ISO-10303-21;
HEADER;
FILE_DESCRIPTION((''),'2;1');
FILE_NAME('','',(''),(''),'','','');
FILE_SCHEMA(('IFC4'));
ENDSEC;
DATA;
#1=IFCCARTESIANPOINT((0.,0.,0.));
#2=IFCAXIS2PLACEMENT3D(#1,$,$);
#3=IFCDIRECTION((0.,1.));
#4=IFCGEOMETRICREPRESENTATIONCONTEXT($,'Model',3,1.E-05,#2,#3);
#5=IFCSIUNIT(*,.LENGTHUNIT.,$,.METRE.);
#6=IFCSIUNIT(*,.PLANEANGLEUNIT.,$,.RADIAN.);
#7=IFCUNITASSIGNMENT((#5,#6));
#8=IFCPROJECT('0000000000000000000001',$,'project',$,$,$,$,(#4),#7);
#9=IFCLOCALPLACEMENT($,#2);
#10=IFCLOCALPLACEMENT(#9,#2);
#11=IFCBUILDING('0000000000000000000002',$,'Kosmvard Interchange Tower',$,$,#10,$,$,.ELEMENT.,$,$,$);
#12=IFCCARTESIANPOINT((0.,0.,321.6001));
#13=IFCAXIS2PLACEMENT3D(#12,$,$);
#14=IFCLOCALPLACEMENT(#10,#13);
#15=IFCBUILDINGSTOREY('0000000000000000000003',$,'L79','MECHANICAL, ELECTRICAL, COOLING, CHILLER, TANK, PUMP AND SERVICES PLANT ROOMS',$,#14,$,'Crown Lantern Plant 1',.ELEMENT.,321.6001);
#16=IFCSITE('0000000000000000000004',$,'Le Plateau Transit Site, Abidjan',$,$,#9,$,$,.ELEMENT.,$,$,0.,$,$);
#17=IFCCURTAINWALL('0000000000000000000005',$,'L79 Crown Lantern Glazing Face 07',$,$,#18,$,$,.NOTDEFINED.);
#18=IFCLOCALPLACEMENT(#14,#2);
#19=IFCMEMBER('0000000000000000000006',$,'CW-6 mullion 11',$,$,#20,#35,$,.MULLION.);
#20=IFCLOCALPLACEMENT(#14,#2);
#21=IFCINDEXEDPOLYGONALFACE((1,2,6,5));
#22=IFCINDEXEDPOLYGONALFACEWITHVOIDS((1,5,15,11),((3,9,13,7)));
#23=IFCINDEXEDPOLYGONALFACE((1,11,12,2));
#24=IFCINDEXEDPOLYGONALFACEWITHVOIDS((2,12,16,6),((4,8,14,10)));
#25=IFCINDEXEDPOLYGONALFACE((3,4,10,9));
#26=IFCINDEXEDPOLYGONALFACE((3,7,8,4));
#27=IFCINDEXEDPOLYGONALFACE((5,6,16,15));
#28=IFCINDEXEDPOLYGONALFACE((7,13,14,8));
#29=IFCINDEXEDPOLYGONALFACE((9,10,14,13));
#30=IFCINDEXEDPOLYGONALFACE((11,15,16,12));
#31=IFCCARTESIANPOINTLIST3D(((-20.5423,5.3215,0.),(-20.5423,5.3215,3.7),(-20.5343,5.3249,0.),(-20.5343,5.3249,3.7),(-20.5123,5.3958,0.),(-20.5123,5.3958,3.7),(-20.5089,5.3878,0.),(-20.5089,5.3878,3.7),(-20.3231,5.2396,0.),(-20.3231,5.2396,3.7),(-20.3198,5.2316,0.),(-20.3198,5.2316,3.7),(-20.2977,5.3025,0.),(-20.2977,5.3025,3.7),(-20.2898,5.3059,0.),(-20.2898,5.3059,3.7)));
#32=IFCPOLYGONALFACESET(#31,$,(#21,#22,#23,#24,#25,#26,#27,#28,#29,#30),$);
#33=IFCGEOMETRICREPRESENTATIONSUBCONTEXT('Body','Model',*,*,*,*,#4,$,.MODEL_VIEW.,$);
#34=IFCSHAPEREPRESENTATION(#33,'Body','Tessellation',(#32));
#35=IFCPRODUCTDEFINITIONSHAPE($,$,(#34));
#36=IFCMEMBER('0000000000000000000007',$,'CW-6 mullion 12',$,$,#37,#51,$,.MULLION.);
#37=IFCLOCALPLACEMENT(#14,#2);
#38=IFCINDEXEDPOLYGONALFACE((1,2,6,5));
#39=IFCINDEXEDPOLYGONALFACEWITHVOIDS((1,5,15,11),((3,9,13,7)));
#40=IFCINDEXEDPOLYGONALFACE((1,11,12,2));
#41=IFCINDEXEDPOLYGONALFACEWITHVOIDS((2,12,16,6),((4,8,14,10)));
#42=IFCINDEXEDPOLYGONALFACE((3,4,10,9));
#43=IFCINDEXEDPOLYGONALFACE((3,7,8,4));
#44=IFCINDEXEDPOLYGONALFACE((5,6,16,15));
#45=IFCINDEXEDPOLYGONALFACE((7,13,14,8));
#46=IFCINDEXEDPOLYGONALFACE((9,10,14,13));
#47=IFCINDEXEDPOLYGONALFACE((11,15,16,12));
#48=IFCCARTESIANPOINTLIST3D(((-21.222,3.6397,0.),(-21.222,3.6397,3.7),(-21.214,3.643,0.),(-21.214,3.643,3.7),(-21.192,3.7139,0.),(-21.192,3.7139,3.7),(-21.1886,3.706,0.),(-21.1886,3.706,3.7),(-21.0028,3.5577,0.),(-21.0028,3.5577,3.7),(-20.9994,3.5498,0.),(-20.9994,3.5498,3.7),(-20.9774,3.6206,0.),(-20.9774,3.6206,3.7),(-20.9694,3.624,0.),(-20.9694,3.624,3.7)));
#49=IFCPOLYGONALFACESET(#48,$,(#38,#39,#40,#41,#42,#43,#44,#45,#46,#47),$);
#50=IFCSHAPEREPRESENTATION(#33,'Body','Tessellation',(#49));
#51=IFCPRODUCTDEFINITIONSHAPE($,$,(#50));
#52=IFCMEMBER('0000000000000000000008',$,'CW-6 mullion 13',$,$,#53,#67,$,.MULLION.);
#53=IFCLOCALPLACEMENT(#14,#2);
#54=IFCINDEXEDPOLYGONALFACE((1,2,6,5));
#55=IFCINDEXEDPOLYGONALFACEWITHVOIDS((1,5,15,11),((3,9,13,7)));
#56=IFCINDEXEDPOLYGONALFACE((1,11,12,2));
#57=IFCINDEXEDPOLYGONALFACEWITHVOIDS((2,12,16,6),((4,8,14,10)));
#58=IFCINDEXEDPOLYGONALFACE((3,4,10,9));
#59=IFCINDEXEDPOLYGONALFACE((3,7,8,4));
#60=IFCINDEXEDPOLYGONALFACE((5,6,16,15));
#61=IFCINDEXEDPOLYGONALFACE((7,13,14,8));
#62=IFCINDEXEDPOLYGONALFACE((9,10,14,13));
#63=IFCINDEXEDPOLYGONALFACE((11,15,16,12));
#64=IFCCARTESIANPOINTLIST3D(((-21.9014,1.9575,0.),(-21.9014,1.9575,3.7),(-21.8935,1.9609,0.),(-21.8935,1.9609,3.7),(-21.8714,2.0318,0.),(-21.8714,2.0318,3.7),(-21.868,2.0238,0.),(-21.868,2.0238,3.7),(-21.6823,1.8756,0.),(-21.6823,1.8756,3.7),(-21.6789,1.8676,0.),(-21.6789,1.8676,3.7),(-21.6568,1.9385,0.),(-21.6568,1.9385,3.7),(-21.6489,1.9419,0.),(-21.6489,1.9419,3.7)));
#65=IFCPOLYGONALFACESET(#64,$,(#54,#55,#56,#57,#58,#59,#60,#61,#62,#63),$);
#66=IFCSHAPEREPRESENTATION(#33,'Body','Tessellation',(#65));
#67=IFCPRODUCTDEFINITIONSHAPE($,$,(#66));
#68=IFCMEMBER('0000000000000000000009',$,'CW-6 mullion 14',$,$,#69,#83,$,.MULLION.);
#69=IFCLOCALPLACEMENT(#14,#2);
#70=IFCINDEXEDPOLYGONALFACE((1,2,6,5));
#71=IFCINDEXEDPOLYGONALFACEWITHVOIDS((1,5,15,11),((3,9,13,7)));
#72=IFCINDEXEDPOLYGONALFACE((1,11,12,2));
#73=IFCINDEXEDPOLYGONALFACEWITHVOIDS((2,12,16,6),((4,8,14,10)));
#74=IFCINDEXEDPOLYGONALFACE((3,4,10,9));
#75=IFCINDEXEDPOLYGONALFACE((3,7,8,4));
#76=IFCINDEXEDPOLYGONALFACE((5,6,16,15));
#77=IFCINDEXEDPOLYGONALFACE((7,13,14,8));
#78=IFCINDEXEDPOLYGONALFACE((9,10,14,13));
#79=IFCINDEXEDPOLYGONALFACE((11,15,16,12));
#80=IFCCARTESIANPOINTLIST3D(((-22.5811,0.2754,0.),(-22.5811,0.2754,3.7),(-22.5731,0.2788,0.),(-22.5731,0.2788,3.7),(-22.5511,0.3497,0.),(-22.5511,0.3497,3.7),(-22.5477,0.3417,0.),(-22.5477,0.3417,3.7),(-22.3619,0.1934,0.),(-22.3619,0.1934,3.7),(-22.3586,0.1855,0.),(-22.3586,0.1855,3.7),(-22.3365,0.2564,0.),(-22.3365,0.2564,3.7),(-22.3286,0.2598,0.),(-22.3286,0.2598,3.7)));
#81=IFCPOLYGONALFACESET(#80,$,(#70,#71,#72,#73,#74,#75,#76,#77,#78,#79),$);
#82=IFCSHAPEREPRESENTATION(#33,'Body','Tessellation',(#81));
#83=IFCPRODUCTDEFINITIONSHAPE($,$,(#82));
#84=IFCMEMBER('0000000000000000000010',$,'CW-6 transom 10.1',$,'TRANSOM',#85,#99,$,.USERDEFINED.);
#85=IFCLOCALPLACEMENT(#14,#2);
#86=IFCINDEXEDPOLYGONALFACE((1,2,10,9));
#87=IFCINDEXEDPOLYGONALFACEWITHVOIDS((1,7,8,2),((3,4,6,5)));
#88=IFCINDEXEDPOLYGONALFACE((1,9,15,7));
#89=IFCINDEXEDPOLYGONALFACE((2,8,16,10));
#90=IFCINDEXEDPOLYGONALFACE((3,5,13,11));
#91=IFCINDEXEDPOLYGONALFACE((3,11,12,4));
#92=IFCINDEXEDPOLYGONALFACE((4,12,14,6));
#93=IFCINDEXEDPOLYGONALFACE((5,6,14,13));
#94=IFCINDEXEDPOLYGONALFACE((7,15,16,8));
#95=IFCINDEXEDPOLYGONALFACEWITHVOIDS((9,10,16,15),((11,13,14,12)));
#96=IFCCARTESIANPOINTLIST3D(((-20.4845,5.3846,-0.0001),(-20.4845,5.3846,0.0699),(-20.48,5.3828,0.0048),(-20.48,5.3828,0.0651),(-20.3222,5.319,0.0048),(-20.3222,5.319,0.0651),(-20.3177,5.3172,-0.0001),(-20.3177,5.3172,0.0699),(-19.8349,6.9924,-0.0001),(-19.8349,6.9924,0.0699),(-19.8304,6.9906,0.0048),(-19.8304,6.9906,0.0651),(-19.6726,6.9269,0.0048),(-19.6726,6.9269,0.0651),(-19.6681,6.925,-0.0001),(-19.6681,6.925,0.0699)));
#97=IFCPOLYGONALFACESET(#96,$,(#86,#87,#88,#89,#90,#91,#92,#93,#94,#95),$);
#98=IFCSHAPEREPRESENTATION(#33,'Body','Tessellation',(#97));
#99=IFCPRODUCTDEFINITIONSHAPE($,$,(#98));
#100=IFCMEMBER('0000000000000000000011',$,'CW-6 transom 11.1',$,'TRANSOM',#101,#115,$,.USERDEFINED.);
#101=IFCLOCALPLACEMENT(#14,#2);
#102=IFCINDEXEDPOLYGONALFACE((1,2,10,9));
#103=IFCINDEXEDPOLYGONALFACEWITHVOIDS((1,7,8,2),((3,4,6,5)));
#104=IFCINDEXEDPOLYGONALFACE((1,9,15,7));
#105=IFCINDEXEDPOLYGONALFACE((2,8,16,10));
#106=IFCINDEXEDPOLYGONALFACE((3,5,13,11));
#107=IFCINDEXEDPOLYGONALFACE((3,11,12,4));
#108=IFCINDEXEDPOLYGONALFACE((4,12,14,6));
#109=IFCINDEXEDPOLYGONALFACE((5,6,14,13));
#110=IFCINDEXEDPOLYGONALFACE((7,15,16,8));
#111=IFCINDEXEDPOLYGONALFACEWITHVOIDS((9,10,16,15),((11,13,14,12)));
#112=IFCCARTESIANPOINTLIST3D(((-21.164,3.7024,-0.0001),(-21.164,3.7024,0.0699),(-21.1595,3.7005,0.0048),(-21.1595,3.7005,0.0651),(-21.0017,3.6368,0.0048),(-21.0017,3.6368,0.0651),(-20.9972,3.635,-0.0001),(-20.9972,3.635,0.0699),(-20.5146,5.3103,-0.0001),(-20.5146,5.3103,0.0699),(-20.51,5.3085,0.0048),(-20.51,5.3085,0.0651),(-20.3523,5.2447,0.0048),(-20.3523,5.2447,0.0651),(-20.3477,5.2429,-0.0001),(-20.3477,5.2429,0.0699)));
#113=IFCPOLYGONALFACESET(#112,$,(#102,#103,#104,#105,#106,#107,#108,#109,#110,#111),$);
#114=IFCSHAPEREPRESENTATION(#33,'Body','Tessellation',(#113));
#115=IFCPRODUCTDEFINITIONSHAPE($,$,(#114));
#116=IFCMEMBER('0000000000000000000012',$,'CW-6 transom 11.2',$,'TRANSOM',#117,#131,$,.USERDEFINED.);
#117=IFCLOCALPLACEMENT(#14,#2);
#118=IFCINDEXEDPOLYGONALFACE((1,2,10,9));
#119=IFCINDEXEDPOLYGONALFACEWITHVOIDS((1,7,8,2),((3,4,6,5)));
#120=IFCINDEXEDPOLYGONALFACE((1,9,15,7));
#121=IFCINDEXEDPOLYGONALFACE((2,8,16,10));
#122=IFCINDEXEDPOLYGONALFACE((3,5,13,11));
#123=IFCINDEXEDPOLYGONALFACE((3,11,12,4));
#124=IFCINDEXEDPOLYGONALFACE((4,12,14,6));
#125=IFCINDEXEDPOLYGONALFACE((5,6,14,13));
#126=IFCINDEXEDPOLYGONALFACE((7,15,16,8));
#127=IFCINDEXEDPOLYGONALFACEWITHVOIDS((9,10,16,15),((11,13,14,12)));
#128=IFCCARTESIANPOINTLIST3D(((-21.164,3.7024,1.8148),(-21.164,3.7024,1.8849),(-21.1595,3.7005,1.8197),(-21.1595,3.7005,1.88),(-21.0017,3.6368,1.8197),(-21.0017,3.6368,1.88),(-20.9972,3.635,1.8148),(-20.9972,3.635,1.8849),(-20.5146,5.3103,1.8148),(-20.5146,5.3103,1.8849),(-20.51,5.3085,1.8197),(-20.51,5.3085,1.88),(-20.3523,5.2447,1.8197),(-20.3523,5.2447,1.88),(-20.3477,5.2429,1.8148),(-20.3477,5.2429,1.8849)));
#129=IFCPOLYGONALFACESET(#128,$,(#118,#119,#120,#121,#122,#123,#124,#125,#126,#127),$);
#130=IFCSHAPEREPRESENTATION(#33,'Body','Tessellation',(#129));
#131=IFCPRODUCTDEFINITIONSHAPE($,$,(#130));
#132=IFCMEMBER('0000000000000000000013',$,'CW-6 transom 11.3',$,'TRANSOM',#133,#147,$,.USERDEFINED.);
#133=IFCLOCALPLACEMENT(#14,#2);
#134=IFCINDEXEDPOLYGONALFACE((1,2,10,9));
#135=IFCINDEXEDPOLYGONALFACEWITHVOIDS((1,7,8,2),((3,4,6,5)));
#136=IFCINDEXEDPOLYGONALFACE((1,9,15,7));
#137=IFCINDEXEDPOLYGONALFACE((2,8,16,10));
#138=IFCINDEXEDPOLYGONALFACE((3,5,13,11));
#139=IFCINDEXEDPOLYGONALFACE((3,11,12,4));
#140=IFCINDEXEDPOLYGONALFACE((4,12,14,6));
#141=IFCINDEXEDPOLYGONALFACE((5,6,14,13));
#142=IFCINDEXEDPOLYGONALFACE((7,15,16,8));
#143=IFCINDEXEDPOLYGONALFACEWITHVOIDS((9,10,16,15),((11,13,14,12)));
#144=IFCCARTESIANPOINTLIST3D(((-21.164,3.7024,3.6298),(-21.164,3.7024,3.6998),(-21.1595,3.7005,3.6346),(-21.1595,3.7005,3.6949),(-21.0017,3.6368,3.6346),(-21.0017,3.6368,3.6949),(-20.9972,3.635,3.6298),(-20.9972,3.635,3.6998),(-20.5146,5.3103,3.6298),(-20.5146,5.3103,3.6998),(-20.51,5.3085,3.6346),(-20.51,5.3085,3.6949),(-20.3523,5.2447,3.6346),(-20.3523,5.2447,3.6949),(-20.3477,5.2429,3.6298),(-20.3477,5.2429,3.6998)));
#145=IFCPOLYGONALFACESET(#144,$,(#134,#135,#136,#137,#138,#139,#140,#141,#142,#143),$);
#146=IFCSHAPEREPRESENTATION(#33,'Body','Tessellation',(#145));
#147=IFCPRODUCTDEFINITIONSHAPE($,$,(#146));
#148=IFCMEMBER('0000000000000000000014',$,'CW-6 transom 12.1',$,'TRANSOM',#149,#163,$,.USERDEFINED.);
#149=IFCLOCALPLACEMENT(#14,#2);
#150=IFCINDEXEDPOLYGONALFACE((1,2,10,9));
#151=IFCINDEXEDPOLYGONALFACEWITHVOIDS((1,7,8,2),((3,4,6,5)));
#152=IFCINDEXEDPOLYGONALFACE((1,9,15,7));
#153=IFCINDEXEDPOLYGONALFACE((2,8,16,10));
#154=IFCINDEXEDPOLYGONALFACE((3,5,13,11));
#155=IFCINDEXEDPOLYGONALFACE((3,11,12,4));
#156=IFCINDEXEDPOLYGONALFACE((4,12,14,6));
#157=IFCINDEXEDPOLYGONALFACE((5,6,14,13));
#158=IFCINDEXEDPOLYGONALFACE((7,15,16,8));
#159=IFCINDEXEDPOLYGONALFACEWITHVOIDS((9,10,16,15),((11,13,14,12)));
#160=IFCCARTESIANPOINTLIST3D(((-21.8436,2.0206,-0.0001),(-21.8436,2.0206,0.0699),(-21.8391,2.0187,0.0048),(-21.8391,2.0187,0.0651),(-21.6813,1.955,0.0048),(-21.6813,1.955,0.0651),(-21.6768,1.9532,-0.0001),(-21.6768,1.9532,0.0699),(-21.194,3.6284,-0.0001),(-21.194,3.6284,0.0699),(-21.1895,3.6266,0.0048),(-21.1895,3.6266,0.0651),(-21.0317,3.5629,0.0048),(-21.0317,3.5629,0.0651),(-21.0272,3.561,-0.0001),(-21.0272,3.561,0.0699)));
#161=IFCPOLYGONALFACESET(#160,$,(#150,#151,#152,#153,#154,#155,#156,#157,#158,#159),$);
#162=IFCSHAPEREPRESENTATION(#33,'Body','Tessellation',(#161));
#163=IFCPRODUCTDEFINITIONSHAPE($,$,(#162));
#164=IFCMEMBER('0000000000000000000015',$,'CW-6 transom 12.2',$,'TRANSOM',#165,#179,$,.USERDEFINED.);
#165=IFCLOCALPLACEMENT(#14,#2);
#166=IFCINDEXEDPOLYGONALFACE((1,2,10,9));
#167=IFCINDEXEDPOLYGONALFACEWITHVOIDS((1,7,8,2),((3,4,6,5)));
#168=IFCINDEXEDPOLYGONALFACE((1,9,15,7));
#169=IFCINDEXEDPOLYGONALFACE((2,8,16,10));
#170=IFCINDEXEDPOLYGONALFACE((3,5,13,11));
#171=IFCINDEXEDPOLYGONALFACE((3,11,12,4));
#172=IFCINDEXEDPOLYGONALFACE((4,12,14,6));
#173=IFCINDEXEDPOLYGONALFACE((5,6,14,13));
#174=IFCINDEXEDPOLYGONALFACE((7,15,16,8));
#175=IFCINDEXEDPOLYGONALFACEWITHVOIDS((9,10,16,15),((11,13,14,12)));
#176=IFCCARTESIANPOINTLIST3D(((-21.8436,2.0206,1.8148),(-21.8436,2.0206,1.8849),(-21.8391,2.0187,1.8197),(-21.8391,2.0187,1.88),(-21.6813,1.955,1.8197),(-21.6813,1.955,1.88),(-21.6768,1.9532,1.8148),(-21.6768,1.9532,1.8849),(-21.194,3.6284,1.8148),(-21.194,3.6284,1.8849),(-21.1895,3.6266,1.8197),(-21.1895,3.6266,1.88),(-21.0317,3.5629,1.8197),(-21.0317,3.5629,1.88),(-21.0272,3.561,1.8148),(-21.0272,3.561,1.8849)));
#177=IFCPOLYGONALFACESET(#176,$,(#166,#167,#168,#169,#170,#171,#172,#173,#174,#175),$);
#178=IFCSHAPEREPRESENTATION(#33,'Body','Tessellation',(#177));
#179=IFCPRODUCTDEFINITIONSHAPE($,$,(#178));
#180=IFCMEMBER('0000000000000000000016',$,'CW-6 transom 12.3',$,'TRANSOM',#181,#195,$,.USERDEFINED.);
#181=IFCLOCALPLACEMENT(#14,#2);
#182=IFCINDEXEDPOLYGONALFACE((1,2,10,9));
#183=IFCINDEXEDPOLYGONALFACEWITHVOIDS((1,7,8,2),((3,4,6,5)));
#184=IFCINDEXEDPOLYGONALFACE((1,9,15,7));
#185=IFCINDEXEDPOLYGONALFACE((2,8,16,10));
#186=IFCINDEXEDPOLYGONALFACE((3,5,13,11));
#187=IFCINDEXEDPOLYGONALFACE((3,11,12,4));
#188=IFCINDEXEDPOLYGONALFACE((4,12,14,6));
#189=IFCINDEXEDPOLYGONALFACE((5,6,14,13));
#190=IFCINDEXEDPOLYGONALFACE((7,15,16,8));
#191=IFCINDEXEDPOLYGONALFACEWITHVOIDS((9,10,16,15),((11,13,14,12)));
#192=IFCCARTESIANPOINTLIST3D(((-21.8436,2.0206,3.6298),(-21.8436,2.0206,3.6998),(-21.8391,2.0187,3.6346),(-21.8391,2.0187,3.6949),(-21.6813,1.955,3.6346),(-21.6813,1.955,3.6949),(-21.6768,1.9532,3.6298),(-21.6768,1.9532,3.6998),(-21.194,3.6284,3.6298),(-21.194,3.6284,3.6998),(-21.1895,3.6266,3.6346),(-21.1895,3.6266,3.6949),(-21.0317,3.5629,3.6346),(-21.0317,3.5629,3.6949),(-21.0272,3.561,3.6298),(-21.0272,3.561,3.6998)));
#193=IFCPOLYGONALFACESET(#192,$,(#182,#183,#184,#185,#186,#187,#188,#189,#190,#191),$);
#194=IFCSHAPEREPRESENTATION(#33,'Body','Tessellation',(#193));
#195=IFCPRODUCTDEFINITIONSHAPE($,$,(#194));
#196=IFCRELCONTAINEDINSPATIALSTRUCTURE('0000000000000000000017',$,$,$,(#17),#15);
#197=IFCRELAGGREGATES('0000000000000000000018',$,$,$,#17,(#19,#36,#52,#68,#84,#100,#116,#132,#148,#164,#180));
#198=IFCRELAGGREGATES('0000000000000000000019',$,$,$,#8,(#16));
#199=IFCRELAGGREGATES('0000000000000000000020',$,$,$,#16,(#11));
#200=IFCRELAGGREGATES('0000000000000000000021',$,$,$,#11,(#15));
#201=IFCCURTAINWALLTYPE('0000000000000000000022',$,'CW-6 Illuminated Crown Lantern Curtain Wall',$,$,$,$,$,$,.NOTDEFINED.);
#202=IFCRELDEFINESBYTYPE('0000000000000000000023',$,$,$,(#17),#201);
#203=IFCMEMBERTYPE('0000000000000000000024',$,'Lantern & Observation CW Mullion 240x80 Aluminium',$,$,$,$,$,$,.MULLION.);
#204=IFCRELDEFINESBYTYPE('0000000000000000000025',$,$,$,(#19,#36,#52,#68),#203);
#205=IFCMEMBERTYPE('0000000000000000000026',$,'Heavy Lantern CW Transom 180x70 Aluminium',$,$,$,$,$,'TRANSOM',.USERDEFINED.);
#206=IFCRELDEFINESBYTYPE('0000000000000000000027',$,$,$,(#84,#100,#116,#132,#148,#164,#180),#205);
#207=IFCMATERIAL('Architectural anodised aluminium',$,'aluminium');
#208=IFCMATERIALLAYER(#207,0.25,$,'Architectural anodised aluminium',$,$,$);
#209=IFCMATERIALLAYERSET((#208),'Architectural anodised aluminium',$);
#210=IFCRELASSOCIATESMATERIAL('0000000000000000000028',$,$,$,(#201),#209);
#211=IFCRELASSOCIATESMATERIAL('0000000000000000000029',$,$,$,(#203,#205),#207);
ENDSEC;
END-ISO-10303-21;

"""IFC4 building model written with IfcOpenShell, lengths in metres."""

from ifc_helpers import new_model, si_unit, direction, frame, origin, origin_2d, place, context, subcontext, project, spatial, hollow_rectangle, extrude, source, transform, mapped, material, layer, layer_set, material_profile, profile_set, type_object, element, aggregate, save


model = new_model("IFC4")

# Units and contexts
model_context = context("Model", 3, precision=1e-05, world=origin(), true_north=direction((0.0, 1.0)))
body_context = subcontext(model_context, "Body", "Model", "MODEL_VIEW")
ifc_project = project(units=[si_unit("LENGTHUNIT", "METRE"), si_unit("PLANEANGLEUNIT", "RADIAN")], contexts=[model_context])

# Site, building, storey
site_placement = place(None, origin())
site = spatial("IfcSite", under=ifc_project, at=site_placement, Name="Le Plateau Transit Site, Abidjan", CompositionType="ELEMENT", RefElevation=0.0)
building_placement = place(site_placement, origin())
building = spatial("IfcBuilding", under=site, at=building_placement, Name="Kosmvard Interchange Tower", CompositionType="ELEMENT")
storey_placement = place(building_placement, frame((0.0, 0.0, 321.6001)))
storey = spatial("IfcBuildingStorey", under=building, at=storey_placement, Name="L79", Description="MECHANICAL, ELECTRICAL, COOLING, CHILLER, TANK, PUMP AND SERVICES PLANT ROOMS", LongName="Crown Lantern Plant 1", CompositionType="ELEMENT", Elevation=321.6001)

# Curtain wall, members
ifc_material_1 = material(Name="Architectural anodised aluminium", Category="aluminium")
ifc_layer_1 = layer(ifc_material_1, 0.25, Name="Architectural anodised aluminium")
ifc_layer_set_1 = layer_set([ifc_layer_1], Name="Architectural anodised aluminium")
curtain_wall_type = type_object("IfcCurtainWallType", Name="CW-6 Illuminated Crown Lantern Curtain Wall", PredefinedType="NOTDEFINED", material=ifc_layer_set_1)
curtain_wall_placement = place(storey_placement, origin())
curtain_wall = element("IfcCurtainWall", 1, at=curtain_wall_placement, inside=storey, type_object=curtain_wall_type, Name="L79 Crown Lantern Glazing Face 07", PredefinedType="NOTDEFINED")
ifc_material_profile_1 = material_profile(ifc_material_1, hollow_rectangle(XDim=0.24, YDim=0.0801, WallThickness=0.0061, at=origin_2d()), Name="CWM 240x80x6")
ifc_profile_set_1 = profile_set([ifc_material_profile_1], Name="Architectural anodised aluminium")
member_type_1 = type_object("IfcMemberType", Name="Lantern & Observation CW Mullion 240x80 Aluminium", PredefinedType="MULLION", material=ifc_profile_set_1)
shared_shape_1 = source(origin(), body_context, "Body", "SweptSolid", [
    extrude(hollow_rectangle(XDim=0.24, YDim=0.0801, WallThickness=0.0061, at=origin_2d()), origin(), (0.0, 0.0, 1.0), 3.7),
])
member_1_placement = place(storey_placement, frame((-20.416, 5.3137, 0.0), z_axis=(0.0, 0.0, 1.0), x_axis=(0.927184, -0.374607, 0.0)))
member_1 = element("IfcMember", 2, at=member_1_placement, type_object=member_type_1, Name="CW-6 mullion 11", PredefinedType="MULLION", context=body_context, shape_type="MappedRepresentation", body=[
    mapped(shared_shape_1, transform((0.0, 0.0, 0.0), scale=1.0)),
])
member_2_placement = place(storey_placement, frame((-21.0957, 3.6318, 0.0), z_axis=(0.0, 0.0, 1.0), x_axis=(0.927184, -0.374607, 0.0)))
member_2 = element("IfcMember", 3, at=member_2_placement, type_object=member_type_1, Name="CW-6 mullion 12", PredefinedType="MULLION", context=body_context, shape_type="MappedRepresentation", body=[
    mapped(shared_shape_1, transform((0.0, 0.0, 0.0), scale=1.0)),
])
member_3_placement = place(storey_placement, frame((-21.7751, 1.9497, 0.0), z_axis=(0.0, 0.0, 1.0), x_axis=(0.927184, -0.374607, 0.0)))
member_3 = element("IfcMember", 4, at=member_3_placement, type_object=member_type_1, Name="CW-6 mullion 13", PredefinedType="MULLION", context=body_context, shape_type="MappedRepresentation", body=[
    mapped(shared_shape_1, transform((0.0, 0.0, 0.0), scale=1.0)),
])
member_4_placement = place(storey_placement, frame((-22.4548, 0.2676, 0.0), z_axis=(0.0, 0.0, 1.0), x_axis=(0.927184, -0.374607, 0.0)))
member_4 = element("IfcMember", 5, at=member_4_placement, type_object=member_type_1, Name="CW-6 mullion 14", PredefinedType="MULLION", context=body_context, shape_type="MappedRepresentation", body=[
    mapped(shared_shape_1, transform((0.0, 0.0, 0.0), scale=1.0)),
])
ifc_material_profile_2 = material_profile(ifc_material_1, hollow_rectangle(XDim=0.1799, YDim=0.0701, WallThickness=0.0049, at=origin_2d()), Name="CWT 180x70x5")
ifc_profile_set_2 = profile_set([ifc_material_profile_2], Name="Architectural anodised aluminium")
member_type_2 = type_object("IfcMemberType", Name="Heavy Lantern CW Transom 180x70 Aluminium", ElementType="TRANSOM", PredefinedType="USERDEFINED", material=ifc_profile_set_2)
shared_shape_2 = source(origin(), body_context, "Body", "SweptSolid", [
    extrude(hollow_rectangle(XDim=0.1799, YDim=0.0701, WallThickness=0.0049, at=origin_2d()), origin(), (0.0, 0.0, 1.0), 1.7341),
])
member_5_placement = place(storey_placement, frame((-19.7515, 6.9587, 0.0349), z_axis=(-0.374617, -0.92718, 0.0), x_axis=(0.92718, -0.374617, 0.0)))
member_5 = element("IfcMember", 6, at=member_5_placement, type_object=member_type_2, Name="CW-6 transom 10.1", ObjectType="TRANSOM", PredefinedType="USERDEFINED", context=body_context, shape_type="MappedRepresentation", body=[
    mapped(shared_shape_2, transform((0.0, 0.0, 0.0), scale=1.0)),
])
member_6_placement = place(storey_placement, frame((-20.4312, 5.2766, 0.0349), z_axis=(-0.374496, -0.927229, 0.0), x_axis=(0.927229, -0.374496, 0.0)))
member_6 = element("IfcMember", 7, at=member_6_placement, type_object=member_type_2, Name="CW-6 transom 11.1", ObjectType="TRANSOM", PredefinedType="USERDEFINED", context=body_context, shape_type="MappedRepresentation", body=[
    mapped(shared_shape_2, transform((0.0, 0.0, 0.0), scale=1.0)),
])
member_7_placement = place(storey_placement, frame((-20.4312, 5.2766, 1.8499), z_axis=(-0.374496, -0.927229, 0.0), x_axis=(0.927229, -0.374496, 0.0)))
member_7 = element("IfcMember", 8, at=member_7_placement, type_object=member_type_2, Name="CW-6 transom 11.2", ObjectType="TRANSOM", PredefinedType="USERDEFINED", context=body_context, shape_type="MappedRepresentation", body=[
    mapped(shared_shape_2, transform((0.0, 0.0, 0.0), scale=1.0)),
])
member_8_placement = place(storey_placement, frame((-20.4312, 5.2766, 3.6648), z_axis=(-0.374496, -0.927229, 0.0), x_axis=(0.927229, -0.374496, 0.0)))
member_8 = element("IfcMember", 9, at=member_8_placement, type_object=member_type_2, Name="CW-6 transom 11.3", ObjectType="TRANSOM", PredefinedType="USERDEFINED", context=body_context, shape_type="MappedRepresentation", body=[
    mapped(shared_shape_2, transform((0.0, 0.0, 0.0), scale=1.0)),
])
member_9_placement = place(storey_placement, frame((-21.1106, 3.5947, 0.0349), z_axis=(-0.374617, -0.92718, 0.0), x_axis=(0.92718, -0.374617, 0.0)))
member_9 = element("IfcMember", 10, at=member_9_placement, type_object=member_type_2, Name="CW-6 transom 12.1", ObjectType="TRANSOM", PredefinedType="USERDEFINED", context=body_context, shape_type="MappedRepresentation", body=[
    mapped(shared_shape_2, transform((0.0, 0.0, 0.0), scale=1.0)),
])
member_10_placement = place(storey_placement, frame((-21.1106, 3.5947, 1.8499), z_axis=(-0.374617, -0.92718, 0.0), x_axis=(0.92718, -0.374617, 0.0)))
member_10 = element("IfcMember", 11, at=member_10_placement, type_object=member_type_2, Name="CW-6 transom 12.2", ObjectType="TRANSOM", PredefinedType="USERDEFINED", context=body_context, shape_type="MappedRepresentation", body=[
    mapped(shared_shape_2, transform((0.0, 0.0, 0.0), scale=1.0)),
])
member_11_placement = place(storey_placement, frame((-21.1106, 3.5947, 3.6648), z_axis=(-0.374617, -0.92718, 0.0), x_axis=(0.92718, -0.374617, 0.0)))
member_11 = element("IfcMember", 12, at=member_11_placement, type_object=member_type_2, Name="CW-6 transom 12.3", ObjectType="TRANSOM", PredefinedType="USERDEFINED", context=body_context, shape_type="MappedRepresentation", body=[
    mapped(shared_shape_2, transform((0.0, 0.0, 0.0), scale=1.0)),
])
aggregate(curtain_wall, [member_1, member_2, member_3, member_4, member_5, member_6, member_7, member_8, member_9, member_10, member_11])

save(model, "model.ifc")
